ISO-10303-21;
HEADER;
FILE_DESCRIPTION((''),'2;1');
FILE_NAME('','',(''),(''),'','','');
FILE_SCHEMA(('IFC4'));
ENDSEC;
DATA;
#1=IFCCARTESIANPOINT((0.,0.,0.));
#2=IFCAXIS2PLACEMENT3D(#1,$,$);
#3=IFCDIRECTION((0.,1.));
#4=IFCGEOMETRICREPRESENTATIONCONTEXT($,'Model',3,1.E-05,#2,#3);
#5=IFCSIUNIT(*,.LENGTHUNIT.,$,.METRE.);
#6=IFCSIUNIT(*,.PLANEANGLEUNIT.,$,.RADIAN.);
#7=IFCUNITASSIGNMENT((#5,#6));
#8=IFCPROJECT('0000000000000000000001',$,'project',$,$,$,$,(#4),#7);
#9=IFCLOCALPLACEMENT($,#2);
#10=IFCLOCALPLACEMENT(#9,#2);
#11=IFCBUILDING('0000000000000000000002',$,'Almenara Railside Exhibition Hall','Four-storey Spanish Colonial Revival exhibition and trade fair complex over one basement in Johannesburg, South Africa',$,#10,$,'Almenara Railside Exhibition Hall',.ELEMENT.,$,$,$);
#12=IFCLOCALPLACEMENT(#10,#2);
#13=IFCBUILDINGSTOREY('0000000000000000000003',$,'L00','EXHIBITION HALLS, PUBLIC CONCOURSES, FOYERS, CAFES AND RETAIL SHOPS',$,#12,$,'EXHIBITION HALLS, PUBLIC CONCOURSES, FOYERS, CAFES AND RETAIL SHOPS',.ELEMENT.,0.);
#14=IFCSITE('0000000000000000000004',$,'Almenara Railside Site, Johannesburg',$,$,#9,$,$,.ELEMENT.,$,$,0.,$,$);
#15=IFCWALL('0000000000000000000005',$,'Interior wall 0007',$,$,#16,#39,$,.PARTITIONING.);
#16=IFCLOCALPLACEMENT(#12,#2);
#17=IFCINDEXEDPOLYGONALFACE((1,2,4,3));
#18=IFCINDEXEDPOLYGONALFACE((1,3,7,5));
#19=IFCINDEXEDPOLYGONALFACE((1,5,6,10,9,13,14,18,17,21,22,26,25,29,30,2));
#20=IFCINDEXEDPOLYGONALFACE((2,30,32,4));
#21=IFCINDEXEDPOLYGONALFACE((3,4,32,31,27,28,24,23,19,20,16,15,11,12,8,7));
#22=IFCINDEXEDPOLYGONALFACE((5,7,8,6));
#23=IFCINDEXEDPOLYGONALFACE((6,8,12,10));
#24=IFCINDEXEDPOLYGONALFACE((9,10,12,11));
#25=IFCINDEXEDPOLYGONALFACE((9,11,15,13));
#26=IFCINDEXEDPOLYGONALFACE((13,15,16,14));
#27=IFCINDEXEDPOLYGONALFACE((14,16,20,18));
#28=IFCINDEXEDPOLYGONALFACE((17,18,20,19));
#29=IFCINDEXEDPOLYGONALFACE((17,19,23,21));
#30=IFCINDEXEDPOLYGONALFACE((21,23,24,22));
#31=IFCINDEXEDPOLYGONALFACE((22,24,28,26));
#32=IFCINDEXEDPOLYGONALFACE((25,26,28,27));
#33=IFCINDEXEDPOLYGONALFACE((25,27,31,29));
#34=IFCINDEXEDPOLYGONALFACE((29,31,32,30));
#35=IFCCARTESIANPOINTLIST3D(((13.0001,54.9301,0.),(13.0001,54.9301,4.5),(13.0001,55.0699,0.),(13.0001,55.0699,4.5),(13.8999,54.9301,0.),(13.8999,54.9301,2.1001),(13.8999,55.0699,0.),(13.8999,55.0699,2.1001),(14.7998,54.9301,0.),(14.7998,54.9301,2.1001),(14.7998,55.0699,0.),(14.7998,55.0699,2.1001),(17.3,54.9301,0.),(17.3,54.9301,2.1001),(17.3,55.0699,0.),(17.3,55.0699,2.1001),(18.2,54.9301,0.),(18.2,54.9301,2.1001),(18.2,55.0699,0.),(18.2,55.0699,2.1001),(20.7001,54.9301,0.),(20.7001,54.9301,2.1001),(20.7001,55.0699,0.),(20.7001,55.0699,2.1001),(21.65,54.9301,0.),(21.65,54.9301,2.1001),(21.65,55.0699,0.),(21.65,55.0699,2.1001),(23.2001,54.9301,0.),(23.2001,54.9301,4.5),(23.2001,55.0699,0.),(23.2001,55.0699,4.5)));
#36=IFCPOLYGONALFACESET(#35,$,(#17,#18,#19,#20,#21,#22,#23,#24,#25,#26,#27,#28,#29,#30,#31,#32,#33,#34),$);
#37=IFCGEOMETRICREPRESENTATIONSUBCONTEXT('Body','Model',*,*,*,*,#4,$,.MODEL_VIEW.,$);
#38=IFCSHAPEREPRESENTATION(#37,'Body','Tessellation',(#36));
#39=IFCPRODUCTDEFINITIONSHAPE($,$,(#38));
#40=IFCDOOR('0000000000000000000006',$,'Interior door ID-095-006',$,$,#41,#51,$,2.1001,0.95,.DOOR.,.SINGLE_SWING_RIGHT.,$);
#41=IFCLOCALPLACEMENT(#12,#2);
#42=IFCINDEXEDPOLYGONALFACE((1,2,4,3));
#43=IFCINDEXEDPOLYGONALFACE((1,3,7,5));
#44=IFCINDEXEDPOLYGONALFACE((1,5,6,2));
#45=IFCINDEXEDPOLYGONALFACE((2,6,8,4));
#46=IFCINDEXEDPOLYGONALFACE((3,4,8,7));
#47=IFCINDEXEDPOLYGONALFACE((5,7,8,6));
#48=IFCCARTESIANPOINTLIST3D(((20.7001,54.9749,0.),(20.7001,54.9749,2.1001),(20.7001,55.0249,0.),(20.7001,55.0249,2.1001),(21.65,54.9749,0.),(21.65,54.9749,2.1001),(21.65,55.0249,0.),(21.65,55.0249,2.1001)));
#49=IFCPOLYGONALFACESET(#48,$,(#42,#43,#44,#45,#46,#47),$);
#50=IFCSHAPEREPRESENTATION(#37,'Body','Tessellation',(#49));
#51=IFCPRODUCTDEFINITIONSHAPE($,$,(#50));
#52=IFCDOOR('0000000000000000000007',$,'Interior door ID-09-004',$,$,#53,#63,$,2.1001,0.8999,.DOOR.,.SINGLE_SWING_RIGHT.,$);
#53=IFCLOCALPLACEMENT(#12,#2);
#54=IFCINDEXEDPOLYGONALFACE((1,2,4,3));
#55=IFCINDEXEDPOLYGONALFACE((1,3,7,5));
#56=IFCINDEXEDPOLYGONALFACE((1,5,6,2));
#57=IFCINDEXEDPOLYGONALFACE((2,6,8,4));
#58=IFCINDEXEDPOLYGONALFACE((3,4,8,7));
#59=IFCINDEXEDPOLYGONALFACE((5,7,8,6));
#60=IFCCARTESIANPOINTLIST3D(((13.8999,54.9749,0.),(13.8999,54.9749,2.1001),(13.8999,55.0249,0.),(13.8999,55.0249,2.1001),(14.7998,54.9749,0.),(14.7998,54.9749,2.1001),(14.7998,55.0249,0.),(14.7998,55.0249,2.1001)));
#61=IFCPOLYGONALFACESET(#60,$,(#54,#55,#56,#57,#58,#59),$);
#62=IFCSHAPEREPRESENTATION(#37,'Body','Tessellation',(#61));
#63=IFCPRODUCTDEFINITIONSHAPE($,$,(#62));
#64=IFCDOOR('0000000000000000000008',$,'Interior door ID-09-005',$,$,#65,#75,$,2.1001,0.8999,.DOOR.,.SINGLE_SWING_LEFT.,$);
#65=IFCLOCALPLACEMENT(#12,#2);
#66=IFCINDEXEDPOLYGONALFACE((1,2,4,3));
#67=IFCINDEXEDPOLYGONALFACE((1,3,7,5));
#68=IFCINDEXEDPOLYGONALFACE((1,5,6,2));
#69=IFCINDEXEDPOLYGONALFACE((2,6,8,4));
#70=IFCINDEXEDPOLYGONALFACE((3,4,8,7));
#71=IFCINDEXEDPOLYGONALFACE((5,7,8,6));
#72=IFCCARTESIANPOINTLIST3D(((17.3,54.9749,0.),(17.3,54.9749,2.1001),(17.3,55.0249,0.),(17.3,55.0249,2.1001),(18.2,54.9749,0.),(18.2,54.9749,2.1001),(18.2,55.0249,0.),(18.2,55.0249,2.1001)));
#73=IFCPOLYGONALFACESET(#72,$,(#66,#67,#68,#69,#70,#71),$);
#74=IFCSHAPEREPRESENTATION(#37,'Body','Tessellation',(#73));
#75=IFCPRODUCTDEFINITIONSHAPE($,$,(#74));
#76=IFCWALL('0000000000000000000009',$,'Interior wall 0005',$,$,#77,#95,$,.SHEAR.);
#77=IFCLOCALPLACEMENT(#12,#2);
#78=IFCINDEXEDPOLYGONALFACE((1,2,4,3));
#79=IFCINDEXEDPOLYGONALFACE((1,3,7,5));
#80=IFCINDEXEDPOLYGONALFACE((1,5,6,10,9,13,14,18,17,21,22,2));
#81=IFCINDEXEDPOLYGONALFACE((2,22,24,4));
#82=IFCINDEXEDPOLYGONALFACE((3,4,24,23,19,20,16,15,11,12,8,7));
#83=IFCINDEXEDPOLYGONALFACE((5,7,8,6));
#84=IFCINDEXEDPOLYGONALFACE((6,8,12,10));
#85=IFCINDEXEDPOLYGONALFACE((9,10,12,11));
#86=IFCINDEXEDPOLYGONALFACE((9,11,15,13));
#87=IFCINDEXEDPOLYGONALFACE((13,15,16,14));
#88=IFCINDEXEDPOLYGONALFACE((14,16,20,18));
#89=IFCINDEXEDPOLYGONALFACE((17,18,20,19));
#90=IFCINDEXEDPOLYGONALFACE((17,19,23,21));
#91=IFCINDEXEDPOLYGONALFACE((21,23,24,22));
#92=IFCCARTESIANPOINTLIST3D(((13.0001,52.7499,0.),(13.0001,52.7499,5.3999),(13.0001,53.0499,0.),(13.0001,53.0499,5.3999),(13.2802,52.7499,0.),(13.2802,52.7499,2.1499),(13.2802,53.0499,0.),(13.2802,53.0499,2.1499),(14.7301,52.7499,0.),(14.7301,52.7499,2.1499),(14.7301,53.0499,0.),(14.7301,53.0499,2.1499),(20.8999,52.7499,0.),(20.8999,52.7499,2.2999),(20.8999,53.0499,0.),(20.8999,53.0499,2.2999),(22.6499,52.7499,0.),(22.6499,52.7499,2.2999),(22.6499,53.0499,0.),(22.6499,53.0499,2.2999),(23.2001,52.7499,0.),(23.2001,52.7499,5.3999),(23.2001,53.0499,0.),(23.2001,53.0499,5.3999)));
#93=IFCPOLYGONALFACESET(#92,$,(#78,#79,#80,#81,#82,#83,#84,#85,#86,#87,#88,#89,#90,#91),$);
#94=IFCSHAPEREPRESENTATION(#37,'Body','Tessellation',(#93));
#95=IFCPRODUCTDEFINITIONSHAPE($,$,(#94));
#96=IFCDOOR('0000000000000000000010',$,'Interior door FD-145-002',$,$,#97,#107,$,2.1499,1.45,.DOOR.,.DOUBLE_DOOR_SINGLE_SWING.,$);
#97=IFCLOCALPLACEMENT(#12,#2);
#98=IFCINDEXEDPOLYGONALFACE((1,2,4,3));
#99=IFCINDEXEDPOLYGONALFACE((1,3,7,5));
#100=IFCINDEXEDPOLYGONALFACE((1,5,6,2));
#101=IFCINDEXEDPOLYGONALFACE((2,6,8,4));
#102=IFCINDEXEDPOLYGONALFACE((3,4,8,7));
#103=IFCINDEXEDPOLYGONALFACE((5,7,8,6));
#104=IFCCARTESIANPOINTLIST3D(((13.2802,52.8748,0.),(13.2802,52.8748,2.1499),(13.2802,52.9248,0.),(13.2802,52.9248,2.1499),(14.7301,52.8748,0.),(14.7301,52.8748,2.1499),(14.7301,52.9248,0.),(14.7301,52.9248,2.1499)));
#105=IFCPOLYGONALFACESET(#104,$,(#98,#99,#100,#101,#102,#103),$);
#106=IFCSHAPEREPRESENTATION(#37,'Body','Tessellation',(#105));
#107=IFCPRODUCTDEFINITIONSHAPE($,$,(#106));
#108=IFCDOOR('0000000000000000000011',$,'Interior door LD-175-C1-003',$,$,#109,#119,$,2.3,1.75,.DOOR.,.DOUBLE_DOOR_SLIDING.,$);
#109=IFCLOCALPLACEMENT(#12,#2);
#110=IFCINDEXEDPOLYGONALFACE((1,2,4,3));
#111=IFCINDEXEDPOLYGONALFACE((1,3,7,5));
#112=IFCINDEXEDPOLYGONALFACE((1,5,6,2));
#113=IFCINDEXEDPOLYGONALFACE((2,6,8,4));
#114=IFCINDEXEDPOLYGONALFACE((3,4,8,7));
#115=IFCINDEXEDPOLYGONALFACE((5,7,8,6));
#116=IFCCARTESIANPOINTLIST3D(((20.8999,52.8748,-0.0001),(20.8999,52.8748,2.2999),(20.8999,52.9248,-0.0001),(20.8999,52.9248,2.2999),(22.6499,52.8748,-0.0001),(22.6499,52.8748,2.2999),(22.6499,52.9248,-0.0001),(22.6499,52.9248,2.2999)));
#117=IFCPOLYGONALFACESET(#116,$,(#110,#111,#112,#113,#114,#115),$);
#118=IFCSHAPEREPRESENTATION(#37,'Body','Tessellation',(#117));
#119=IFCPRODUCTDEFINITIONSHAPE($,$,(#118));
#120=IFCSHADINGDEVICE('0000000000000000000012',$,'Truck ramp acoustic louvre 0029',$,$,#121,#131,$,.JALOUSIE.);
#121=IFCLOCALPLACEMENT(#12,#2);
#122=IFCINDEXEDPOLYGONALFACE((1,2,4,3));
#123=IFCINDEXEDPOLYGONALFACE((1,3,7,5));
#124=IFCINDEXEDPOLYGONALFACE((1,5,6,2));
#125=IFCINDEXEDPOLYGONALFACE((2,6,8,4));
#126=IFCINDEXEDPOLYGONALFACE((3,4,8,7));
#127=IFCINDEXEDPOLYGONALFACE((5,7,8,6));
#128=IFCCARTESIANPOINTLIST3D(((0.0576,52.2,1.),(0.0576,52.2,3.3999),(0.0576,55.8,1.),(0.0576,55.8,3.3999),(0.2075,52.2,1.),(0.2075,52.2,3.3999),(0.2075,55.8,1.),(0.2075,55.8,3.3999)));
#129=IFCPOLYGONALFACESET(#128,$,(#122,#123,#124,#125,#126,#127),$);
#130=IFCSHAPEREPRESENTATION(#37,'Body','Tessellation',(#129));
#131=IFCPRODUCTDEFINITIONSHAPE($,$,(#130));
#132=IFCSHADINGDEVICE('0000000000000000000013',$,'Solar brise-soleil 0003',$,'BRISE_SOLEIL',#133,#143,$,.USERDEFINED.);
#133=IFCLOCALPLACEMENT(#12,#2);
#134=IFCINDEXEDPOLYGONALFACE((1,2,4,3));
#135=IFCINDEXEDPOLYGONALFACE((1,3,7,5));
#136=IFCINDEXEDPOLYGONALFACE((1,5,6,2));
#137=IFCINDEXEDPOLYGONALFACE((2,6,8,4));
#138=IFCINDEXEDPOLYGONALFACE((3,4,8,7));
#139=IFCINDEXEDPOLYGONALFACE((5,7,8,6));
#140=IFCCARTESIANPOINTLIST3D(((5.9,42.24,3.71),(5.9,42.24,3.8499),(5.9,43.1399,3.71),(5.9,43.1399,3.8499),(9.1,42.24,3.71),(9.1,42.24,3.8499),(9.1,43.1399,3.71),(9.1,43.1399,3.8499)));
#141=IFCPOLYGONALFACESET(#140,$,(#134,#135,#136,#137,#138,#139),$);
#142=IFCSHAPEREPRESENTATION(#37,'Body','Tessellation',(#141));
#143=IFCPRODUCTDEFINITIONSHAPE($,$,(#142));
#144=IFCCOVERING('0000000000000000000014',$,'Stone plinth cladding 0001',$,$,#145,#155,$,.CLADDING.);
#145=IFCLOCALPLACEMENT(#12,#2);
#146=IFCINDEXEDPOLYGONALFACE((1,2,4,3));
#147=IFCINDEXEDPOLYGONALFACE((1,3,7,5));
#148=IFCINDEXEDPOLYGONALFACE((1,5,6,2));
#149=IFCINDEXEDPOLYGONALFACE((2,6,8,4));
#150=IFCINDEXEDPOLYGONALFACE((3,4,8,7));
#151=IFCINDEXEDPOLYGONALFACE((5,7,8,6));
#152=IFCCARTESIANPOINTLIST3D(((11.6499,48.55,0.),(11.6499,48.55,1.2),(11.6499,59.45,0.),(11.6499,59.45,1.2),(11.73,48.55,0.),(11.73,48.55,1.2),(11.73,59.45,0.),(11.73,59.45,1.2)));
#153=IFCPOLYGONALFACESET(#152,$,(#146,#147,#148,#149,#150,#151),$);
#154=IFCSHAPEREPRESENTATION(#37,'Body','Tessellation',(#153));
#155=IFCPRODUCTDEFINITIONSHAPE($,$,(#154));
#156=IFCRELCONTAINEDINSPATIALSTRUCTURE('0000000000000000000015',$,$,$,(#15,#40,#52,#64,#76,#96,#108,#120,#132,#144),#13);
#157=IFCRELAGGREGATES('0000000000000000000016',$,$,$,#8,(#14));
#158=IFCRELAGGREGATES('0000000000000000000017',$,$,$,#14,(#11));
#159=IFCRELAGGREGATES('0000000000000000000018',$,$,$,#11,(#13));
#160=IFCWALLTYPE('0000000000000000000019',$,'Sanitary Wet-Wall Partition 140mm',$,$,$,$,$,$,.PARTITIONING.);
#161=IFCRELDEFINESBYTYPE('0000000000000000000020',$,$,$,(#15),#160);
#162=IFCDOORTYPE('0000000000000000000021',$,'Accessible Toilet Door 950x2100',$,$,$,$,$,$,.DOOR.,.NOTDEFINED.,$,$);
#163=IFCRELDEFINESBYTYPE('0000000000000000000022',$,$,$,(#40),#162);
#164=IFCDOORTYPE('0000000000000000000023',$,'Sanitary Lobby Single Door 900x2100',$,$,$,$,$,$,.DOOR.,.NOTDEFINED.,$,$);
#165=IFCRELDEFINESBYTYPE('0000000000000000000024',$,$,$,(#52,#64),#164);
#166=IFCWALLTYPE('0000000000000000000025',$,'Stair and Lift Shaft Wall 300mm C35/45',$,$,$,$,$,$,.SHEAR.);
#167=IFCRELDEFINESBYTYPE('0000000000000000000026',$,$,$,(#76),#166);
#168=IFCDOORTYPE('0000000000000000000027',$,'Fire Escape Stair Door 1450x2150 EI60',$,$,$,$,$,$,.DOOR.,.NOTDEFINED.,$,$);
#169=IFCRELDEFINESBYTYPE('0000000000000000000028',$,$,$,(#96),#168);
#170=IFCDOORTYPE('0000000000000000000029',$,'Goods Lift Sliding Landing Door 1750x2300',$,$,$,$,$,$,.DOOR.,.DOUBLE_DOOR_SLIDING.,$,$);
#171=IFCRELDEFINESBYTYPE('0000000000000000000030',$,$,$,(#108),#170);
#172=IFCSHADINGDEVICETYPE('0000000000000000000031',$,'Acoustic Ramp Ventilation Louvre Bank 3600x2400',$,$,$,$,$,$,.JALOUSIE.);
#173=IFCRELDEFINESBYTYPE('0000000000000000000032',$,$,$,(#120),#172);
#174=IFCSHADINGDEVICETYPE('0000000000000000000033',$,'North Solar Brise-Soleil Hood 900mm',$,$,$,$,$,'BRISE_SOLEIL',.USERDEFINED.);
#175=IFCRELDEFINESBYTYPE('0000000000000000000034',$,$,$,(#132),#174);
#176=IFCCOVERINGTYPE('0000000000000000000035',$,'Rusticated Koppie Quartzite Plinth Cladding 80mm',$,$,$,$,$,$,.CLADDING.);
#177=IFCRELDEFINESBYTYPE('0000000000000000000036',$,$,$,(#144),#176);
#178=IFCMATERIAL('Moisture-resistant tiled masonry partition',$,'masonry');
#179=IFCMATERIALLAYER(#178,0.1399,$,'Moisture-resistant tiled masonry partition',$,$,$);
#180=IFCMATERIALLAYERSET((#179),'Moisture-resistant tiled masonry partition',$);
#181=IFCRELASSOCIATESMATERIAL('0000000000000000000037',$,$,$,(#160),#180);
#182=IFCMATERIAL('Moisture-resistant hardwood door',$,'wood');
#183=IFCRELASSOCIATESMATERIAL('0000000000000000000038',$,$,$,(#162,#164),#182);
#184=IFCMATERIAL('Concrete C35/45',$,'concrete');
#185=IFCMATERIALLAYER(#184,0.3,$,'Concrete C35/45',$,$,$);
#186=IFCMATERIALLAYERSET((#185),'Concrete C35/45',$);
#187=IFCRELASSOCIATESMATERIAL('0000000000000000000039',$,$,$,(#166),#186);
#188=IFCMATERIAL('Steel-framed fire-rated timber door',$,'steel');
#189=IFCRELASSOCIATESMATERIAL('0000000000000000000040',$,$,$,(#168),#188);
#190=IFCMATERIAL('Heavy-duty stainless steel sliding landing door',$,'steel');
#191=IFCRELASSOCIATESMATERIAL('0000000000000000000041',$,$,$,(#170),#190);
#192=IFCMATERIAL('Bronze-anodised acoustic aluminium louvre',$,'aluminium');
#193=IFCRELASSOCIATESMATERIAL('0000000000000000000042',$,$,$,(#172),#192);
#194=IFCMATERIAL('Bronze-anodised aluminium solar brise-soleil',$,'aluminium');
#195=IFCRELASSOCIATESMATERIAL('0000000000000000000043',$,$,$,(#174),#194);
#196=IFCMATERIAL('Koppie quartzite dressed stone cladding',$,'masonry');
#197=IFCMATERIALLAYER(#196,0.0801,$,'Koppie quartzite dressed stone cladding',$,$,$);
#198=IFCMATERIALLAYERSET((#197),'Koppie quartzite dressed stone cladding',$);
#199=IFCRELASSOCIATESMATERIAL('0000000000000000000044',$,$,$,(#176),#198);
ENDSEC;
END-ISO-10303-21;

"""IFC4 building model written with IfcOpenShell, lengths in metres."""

from ifc_helpers import new_model, si_unit, direction, frame, frame_2d, origin, origin_2d, place, context, subcontext, project, spatial, rectangle, extrude, material, layer, layer_set, type_object, element, fill, save


model = new_model("IFC4")

# Units and contexts
model_context = context("Model", 3, precision=1e-05, world=origin(), true_north=direction((0.0, 1.0)))
body_context = subcontext(model_context, "Body", "Model", "MODEL_VIEW")
ifc_project = project(units=[si_unit("LENGTHUNIT", "METRE"), si_unit("PLANEANGLEUNIT", "RADIAN")], contexts=[model_context])

# Site, building, storey
site_placement = place(None, origin())
site = spatial("IfcSite", under=ifc_project, at=site_placement, Name="Almenara Railside Site, Johannesburg", CompositionType="ELEMENT", RefElevation=0.0)
building_placement = place(site_placement, origin())
building = spatial("IfcBuilding", under=site, at=building_placement, Name="Almenara Railside Exhibition Hall", Description="Four-storey Spanish Colonial Revival exhibition and trade fair complex over one basement in Johannesburg, South Africa", LongName="Almenara Railside Exhibition Hall", CompositionType="ELEMENT")
storey_placement = place(building_placement, origin())
storey = spatial("IfcBuildingStorey", under=building, at=storey_placement, Name="L00", Description="EXHIBITION HALLS, PUBLIC CONCOURSES, FOYERS, CAFES AND RETAIL SHOPS", LongName="EXHIBITION HALLS, PUBLIC CONCOURSES, FOYERS, CAFES AND RETAIL SHOPS", CompositionType="ELEMENT", Elevation=0.0)

# Shared definitions
ifc_material_1 = material(Name="Concrete C35/45", Category="concrete")

# Walls, openings, doors
ifc_material_2 = material(Name="Moisture-resistant tiled masonry partition", Category="masonry")
ifc_layer_1 = layer(ifc_material_2, 0.1399, Name="Moisture-resistant tiled masonry partition")
ifc_layer_set_1 = layer_set([ifc_layer_1], Name="Moisture-resistant tiled masonry partition")
wall_type_1 = type_object("IfcWallType", Name="Sanitary Wet-Wall Partition 140mm", PredefinedType="PARTITIONING", material=ifc_layer_set_1)
wall_1_placement = place(storey_placement, frame((13.0, 55.0, 0.0), z_axis=(0.0, 0.0, 1.0), x_axis=(1.0, 0.0, 0.0)))
wall_1 = element("IfcWall", 1, at=wall_1_placement, inside=storey, type_object=wall_type_1, Name="Interior wall 0007", PredefinedType="PARTITIONING", context=body_context, shape_type="SweptSolid", body=[
    extrude(rectangle(XDim=10.2, YDim=0.1399, at=frame_2d((5.1001, 0.0))), origin(), (0.0, 0.0, 1.0), 4.5),
])
opening_1_placement = place(wall_1_placement, frame((0.8999, 0.0, 0.0)))
opening_1 = element("IfcOpeningElement", 2, at=opening_1_placement, cuts=wall_1, PredefinedType="OPENING", context=body_context, shape_type="SweptSolid", body=[
    extrude(rectangle(XDim=0.8999, YDim=2.1001, at=frame_2d((0.45, 1.05))), frame((0.0, 0.0798, 0.0), z_axis=(0.0, -1.0, 0.0), x_axis=(1.0, 0.0, 0.0)), (0.0, 0.0, 1.0), 0.1599),
])
opening_2_placement = place(wall_1_placement, frame((4.3, 0.0, 0.0)))
opening_2 = element("IfcOpeningElement", 3, at=opening_2_placement, cuts=wall_1, PredefinedType="OPENING", context=body_context, shape_type="SweptSolid", body=[
    extrude(rectangle(XDim=0.8999, YDim=2.1001, at=frame_2d((0.45, 1.05))), frame((0.0, 0.0798, 0.0), z_axis=(0.0, -1.0, 0.0), x_axis=(1.0, 0.0, 0.0)), (0.0, 0.0, 1.0), 0.1599),
])
opening_3_placement = place(wall_1_placement, frame((7.7, 0.0, 0.0)))
opening_3 = element("IfcOpeningElement", 4, at=opening_3_placement, cuts=wall_1, PredefinedType="OPENING", context=body_context, shape_type="SweptSolid", body=[
    extrude(rectangle(XDim=0.95, YDim=2.1001, at=frame_2d((0.4751, 1.05))), frame((0.0, 0.0798, 0.0), z_axis=(0.0, -1.0, 0.0), x_axis=(1.0, 0.0, 0.0)), (0.0, 0.0, 1.0), 0.1599),
])
ifc_material_3 = material(Name="Moisture-resistant hardwood door", Category="wood")
door_type_1 = type_object("IfcDoorType", Name="Accessible Toilet Door 950x2100", OperationType="NOTDEFINED", PredefinedType="DOOR", material=ifc_material_3)
door_1_placement = place(opening_3_placement, origin())
door_1 = element("IfcDoor", 5, at=door_1_placement, inside=storey, type_object=door_type_1, Name="Interior door ID-095-006", OperationType="SINGLE_SWING_RIGHT", OverallHeight=2.1001, OverallWidth=0.95, PredefinedType="DOOR", context=body_context, shape_type="SweptSolid", body=[
    extrude(rectangle(XDim=0.95, YDim=2.1001, at=frame_2d((0.4751, 1.05))), frame((0.0, 0.0249, 0.0), z_axis=(0.0, -1.0, 0.0), x_axis=(1.0, 0.0, 0.0)), (0.0, 0.0, 1.0), 0.05),
])
fill(opening_3, door_1)
door_type_2 = type_object("IfcDoorType", Name="Sanitary Lobby Single Door 900x2100", OperationType="NOTDEFINED", PredefinedType="DOOR", material=ifc_material_3)
door_2_placement = place(opening_1_placement, origin())
door_2 = element("IfcDoor", 6, at=door_2_placement, inside=storey, type_object=door_type_2, Name="Interior door ID-09-004", OperationType="SINGLE_SWING_RIGHT", OverallHeight=2.1001, OverallWidth=0.8999, PredefinedType="DOOR", context=body_context, shape_type="SweptSolid", body=[
    extrude(rectangle(XDim=0.8999, YDim=2.1001, at=frame_2d((0.45, 1.05))), frame((0.0, 0.0249, 0.0), z_axis=(0.0, -1.0, 0.0), x_axis=(1.0, 0.0, 0.0)), (0.0, 0.0, 1.0), 0.05),
])
fill(opening_1, door_2)
door_3_placement = place(opening_2_placement, origin())
door_3 = element("IfcDoor", 7, at=door_3_placement, inside=storey, type_object=door_type_2, Name="Interior door ID-09-005", OperationType="SINGLE_SWING_LEFT", OverallHeight=2.1001, OverallWidth=0.8999, PredefinedType="DOOR", context=body_context, shape_type="SweptSolid", body=[
    extrude(rectangle(XDim=0.8999, YDim=2.1001, at=frame_2d((0.45, 1.05))), frame((0.0, 0.0249, 0.0), z_axis=(0.0, -1.0, 0.0), x_axis=(1.0, 0.0, 0.0)), (0.0, 0.0, 1.0), 0.05),
])
fill(opening_2, door_3)
ifc_layer_2 = layer(ifc_material_1, 0.3, Name="Concrete C35/45")
ifc_layer_set_2 = layer_set([ifc_layer_2], Name="Concrete C35/45")
wall_type_2 = type_object("IfcWallType", Name="Stair and Lift Shaft Wall 300mm C35/45", PredefinedType="SHEAR", material=ifc_layer_set_2)
wall_2_placement = place(storey_placement, frame((13.0, 52.8999, 0.0), z_axis=(0.0, 0.0, 1.0), x_axis=(1.0, 0.0, 0.0)))
wall_2 = element("IfcWall", 8, at=wall_2_placement, inside=storey, type_object=wall_type_2, Name="Interior wall 0005", PredefinedType="SHEAR", context=body_context, shape_type="SweptSolid", body=[
    extrude(rectangle(XDim=10.2, YDim=0.3, at=frame_2d((5.1001, 0.0))), origin(), (0.0, 0.0, 1.0), 5.3999),
])
opening_4_placement = place(wall_2_placement, frame((0.28, 0.0, 0.0)))
opening_4 = element("IfcOpeningElement", 9, at=opening_4_placement, cuts=wall_2, PredefinedType="OPENING", context=body_context, shape_type="SweptSolid", body=[
    extrude(rectangle(XDim=1.45, YDim=2.1499, at=frame_2d((0.7251, 1.075))), frame((0.0, 0.1599, 0.0), z_axis=(0.0, -1.0, 0.0), x_axis=(1.0, 0.0, 0.0)), (0.0, 0.0, 1.0), 0.3201),
])
opening_5_placement = place(wall_2_placement, frame((7.8999, 0.0, 0.0)))
opening_5 = element("IfcOpeningElement", 10, at=opening_5_placement, cuts=wall_2, PredefinedType="OPENING", context=body_context, shape_type="SweptSolid", body=[
    extrude(rectangle(XDim=1.75, YDim=2.3, at=frame_2d((0.875, 1.1499))), frame((0.0, 0.1599, 0.0), z_axis=(0.0, -1.0, 0.0), x_axis=(1.0, 0.0, 0.0)), (0.0, 0.0, 1.0), 0.3201),
])
ifc_material_4 = material(Name="Steel-framed fire-rated timber door", Category="steel")
door_type_3 = type_object("IfcDoorType", Name="Fire Escape Stair Door 1450x2150 EI60", OperationType="NOTDEFINED", PredefinedType="DOOR", material=ifc_material_4)
door_4_placement = place(opening_4_placement, origin())
door_4 = element("IfcDoor", 11, at=door_4_placement, inside=storey, type_object=door_type_3, Name="Interior door FD-145-002", OperationType="DOUBLE_DOOR_SINGLE_SWING", OverallHeight=2.1499, OverallWidth=1.45, PredefinedType="DOOR", context=body_context, shape_type="SweptSolid", body=[
    extrude(rectangle(XDim=1.45, YDim=2.1499, at=frame_2d((0.7251, 1.075))), frame((0.0, 0.0249, 0.0), z_axis=(0.0, -1.0, 0.0), x_axis=(1.0, 0.0, 0.0)), (0.0, 0.0, 1.0), 0.05),
])
fill(opening_4, door_4)
ifc_material_5 = material(Name="Heavy-duty stainless steel sliding landing door", Category="steel")
door_type_4 = type_object("IfcDoorType", Name="Goods Lift Sliding Landing Door 1750x2300", OperationType="DOUBLE_DOOR_SLIDING", PredefinedType="DOOR", material=ifc_material_5)
door_5_placement = place(opening_5_placement, origin())
door_5 = element("IfcDoor", 12, at=door_5_placement, inside=storey, type_object=door_type_4, Name="Interior door LD-175-C1-003", OperationType="DOUBLE_DOOR_SLIDING", OverallHeight=2.3, OverallWidth=1.75, PredefinedType="DOOR", context=body_context, shape_type="SweptSolid", body=[
    extrude(rectangle(XDim=1.75, YDim=2.3, at=frame_2d((0.875, 1.1499))), frame((0.0, 0.0249, 0.0), z_axis=(0.0, -1.0, 0.0), x_axis=(1.0, 0.0, 0.0)), (0.0, 0.0, 1.0), 0.05),
])
fill(opening_5, door_5)

# Shading devices
ifc_material_6 = material(Name="Bronze-anodised acoustic aluminium louvre", Category="aluminium")
shading_device_type_1 = type_object("IfcShadingDeviceType", Name="Acoustic Ramp Ventilation Louvre Bank 3600x2400", PredefinedType="JALOUSIE", material=ifc_material_6)
shading_device_1_placement = place(storey_placement, frame((0.1326, 54.0, 1.0), z_axis=(0.0, 0.0, 1.0), x_axis=(0.0, 1.0, 0.0)))
element("IfcShadingDevice", 13, at=shading_device_1_placement, inside=storey, type_object=shading_device_type_1, Name="Truck ramp acoustic louvre 0029", PredefinedType="JALOUSIE", context=body_context, shape_type="SweptSolid", body=[
    extrude(rectangle(XDim=3.6001, YDim=0.1499, at=origin_2d()), origin(), (0.0, 0.0, 1.0), 2.3999),
])
ifc_material_7 = material(Name="Bronze-anodised aluminium solar brise-soleil", Category="aluminium")
shading_device_type_2 = type_object("IfcShadingDeviceType", Name="North Solar Brise-Soleil Hood 900mm", ElementType="BRISE_SOLEIL", PredefinedType="USERDEFINED", material=ifc_material_7)
shading_device_2_placement = place(storey_placement, frame((7.5, 42.6899, 3.71), z_axis=(0.0, 0.0, 1.0), x_axis=(-1.0, 0.0, 0.0)))
element("IfcShadingDevice", 14, at=shading_device_2_placement, inside=storey, type_object=shading_device_type_2, Name="Solar brise-soleil 0003", ObjectType="BRISE_SOLEIL", PredefinedType="USERDEFINED", context=body_context, shape_type="SweptSolid", body=[
    extrude(rectangle(XDim=3.2, YDim=0.8999, at=origin_2d()), origin(), (0.0, 0.0, 1.0), 0.1399),
])

# Covering
ifc_material_8 = material(Name="Koppie quartzite dressed stone cladding", Category="masonry")
ifc_layer_3 = layer(ifc_material_8, 0.0801, Name="Koppie quartzite dressed stone cladding")
ifc_layer_set_3 = layer_set([ifc_layer_3], Name="Koppie quartzite dressed stone cladding")
covering_type = type_object("IfcCoveringType", Name="Rusticated Koppie Quartzite Plinth Cladding 80mm", PredefinedType="CLADDING", material=ifc_layer_set_3)
covering_1_placement = place(storey_placement, frame((11.6899, 54.0, 0.0), z_axis=(0.0, 0.0, 1.0), x_axis=(0.0, -1.0, 0.0)))
element("IfcCovering", 15, at=covering_1_placement, inside=storey, type_object=covering_type, Name="Stone plinth cladding 0001", PredefinedType="CLADDING", context=body_context, shape_type="SweptSolid", body=[
    extrude(rectangle(XDim=10.8999, YDim=0.0801, at=origin_2d()), origin(), (0.0, 0.0, 1.0), 1.2),
])

save(model, "model.ifc")
